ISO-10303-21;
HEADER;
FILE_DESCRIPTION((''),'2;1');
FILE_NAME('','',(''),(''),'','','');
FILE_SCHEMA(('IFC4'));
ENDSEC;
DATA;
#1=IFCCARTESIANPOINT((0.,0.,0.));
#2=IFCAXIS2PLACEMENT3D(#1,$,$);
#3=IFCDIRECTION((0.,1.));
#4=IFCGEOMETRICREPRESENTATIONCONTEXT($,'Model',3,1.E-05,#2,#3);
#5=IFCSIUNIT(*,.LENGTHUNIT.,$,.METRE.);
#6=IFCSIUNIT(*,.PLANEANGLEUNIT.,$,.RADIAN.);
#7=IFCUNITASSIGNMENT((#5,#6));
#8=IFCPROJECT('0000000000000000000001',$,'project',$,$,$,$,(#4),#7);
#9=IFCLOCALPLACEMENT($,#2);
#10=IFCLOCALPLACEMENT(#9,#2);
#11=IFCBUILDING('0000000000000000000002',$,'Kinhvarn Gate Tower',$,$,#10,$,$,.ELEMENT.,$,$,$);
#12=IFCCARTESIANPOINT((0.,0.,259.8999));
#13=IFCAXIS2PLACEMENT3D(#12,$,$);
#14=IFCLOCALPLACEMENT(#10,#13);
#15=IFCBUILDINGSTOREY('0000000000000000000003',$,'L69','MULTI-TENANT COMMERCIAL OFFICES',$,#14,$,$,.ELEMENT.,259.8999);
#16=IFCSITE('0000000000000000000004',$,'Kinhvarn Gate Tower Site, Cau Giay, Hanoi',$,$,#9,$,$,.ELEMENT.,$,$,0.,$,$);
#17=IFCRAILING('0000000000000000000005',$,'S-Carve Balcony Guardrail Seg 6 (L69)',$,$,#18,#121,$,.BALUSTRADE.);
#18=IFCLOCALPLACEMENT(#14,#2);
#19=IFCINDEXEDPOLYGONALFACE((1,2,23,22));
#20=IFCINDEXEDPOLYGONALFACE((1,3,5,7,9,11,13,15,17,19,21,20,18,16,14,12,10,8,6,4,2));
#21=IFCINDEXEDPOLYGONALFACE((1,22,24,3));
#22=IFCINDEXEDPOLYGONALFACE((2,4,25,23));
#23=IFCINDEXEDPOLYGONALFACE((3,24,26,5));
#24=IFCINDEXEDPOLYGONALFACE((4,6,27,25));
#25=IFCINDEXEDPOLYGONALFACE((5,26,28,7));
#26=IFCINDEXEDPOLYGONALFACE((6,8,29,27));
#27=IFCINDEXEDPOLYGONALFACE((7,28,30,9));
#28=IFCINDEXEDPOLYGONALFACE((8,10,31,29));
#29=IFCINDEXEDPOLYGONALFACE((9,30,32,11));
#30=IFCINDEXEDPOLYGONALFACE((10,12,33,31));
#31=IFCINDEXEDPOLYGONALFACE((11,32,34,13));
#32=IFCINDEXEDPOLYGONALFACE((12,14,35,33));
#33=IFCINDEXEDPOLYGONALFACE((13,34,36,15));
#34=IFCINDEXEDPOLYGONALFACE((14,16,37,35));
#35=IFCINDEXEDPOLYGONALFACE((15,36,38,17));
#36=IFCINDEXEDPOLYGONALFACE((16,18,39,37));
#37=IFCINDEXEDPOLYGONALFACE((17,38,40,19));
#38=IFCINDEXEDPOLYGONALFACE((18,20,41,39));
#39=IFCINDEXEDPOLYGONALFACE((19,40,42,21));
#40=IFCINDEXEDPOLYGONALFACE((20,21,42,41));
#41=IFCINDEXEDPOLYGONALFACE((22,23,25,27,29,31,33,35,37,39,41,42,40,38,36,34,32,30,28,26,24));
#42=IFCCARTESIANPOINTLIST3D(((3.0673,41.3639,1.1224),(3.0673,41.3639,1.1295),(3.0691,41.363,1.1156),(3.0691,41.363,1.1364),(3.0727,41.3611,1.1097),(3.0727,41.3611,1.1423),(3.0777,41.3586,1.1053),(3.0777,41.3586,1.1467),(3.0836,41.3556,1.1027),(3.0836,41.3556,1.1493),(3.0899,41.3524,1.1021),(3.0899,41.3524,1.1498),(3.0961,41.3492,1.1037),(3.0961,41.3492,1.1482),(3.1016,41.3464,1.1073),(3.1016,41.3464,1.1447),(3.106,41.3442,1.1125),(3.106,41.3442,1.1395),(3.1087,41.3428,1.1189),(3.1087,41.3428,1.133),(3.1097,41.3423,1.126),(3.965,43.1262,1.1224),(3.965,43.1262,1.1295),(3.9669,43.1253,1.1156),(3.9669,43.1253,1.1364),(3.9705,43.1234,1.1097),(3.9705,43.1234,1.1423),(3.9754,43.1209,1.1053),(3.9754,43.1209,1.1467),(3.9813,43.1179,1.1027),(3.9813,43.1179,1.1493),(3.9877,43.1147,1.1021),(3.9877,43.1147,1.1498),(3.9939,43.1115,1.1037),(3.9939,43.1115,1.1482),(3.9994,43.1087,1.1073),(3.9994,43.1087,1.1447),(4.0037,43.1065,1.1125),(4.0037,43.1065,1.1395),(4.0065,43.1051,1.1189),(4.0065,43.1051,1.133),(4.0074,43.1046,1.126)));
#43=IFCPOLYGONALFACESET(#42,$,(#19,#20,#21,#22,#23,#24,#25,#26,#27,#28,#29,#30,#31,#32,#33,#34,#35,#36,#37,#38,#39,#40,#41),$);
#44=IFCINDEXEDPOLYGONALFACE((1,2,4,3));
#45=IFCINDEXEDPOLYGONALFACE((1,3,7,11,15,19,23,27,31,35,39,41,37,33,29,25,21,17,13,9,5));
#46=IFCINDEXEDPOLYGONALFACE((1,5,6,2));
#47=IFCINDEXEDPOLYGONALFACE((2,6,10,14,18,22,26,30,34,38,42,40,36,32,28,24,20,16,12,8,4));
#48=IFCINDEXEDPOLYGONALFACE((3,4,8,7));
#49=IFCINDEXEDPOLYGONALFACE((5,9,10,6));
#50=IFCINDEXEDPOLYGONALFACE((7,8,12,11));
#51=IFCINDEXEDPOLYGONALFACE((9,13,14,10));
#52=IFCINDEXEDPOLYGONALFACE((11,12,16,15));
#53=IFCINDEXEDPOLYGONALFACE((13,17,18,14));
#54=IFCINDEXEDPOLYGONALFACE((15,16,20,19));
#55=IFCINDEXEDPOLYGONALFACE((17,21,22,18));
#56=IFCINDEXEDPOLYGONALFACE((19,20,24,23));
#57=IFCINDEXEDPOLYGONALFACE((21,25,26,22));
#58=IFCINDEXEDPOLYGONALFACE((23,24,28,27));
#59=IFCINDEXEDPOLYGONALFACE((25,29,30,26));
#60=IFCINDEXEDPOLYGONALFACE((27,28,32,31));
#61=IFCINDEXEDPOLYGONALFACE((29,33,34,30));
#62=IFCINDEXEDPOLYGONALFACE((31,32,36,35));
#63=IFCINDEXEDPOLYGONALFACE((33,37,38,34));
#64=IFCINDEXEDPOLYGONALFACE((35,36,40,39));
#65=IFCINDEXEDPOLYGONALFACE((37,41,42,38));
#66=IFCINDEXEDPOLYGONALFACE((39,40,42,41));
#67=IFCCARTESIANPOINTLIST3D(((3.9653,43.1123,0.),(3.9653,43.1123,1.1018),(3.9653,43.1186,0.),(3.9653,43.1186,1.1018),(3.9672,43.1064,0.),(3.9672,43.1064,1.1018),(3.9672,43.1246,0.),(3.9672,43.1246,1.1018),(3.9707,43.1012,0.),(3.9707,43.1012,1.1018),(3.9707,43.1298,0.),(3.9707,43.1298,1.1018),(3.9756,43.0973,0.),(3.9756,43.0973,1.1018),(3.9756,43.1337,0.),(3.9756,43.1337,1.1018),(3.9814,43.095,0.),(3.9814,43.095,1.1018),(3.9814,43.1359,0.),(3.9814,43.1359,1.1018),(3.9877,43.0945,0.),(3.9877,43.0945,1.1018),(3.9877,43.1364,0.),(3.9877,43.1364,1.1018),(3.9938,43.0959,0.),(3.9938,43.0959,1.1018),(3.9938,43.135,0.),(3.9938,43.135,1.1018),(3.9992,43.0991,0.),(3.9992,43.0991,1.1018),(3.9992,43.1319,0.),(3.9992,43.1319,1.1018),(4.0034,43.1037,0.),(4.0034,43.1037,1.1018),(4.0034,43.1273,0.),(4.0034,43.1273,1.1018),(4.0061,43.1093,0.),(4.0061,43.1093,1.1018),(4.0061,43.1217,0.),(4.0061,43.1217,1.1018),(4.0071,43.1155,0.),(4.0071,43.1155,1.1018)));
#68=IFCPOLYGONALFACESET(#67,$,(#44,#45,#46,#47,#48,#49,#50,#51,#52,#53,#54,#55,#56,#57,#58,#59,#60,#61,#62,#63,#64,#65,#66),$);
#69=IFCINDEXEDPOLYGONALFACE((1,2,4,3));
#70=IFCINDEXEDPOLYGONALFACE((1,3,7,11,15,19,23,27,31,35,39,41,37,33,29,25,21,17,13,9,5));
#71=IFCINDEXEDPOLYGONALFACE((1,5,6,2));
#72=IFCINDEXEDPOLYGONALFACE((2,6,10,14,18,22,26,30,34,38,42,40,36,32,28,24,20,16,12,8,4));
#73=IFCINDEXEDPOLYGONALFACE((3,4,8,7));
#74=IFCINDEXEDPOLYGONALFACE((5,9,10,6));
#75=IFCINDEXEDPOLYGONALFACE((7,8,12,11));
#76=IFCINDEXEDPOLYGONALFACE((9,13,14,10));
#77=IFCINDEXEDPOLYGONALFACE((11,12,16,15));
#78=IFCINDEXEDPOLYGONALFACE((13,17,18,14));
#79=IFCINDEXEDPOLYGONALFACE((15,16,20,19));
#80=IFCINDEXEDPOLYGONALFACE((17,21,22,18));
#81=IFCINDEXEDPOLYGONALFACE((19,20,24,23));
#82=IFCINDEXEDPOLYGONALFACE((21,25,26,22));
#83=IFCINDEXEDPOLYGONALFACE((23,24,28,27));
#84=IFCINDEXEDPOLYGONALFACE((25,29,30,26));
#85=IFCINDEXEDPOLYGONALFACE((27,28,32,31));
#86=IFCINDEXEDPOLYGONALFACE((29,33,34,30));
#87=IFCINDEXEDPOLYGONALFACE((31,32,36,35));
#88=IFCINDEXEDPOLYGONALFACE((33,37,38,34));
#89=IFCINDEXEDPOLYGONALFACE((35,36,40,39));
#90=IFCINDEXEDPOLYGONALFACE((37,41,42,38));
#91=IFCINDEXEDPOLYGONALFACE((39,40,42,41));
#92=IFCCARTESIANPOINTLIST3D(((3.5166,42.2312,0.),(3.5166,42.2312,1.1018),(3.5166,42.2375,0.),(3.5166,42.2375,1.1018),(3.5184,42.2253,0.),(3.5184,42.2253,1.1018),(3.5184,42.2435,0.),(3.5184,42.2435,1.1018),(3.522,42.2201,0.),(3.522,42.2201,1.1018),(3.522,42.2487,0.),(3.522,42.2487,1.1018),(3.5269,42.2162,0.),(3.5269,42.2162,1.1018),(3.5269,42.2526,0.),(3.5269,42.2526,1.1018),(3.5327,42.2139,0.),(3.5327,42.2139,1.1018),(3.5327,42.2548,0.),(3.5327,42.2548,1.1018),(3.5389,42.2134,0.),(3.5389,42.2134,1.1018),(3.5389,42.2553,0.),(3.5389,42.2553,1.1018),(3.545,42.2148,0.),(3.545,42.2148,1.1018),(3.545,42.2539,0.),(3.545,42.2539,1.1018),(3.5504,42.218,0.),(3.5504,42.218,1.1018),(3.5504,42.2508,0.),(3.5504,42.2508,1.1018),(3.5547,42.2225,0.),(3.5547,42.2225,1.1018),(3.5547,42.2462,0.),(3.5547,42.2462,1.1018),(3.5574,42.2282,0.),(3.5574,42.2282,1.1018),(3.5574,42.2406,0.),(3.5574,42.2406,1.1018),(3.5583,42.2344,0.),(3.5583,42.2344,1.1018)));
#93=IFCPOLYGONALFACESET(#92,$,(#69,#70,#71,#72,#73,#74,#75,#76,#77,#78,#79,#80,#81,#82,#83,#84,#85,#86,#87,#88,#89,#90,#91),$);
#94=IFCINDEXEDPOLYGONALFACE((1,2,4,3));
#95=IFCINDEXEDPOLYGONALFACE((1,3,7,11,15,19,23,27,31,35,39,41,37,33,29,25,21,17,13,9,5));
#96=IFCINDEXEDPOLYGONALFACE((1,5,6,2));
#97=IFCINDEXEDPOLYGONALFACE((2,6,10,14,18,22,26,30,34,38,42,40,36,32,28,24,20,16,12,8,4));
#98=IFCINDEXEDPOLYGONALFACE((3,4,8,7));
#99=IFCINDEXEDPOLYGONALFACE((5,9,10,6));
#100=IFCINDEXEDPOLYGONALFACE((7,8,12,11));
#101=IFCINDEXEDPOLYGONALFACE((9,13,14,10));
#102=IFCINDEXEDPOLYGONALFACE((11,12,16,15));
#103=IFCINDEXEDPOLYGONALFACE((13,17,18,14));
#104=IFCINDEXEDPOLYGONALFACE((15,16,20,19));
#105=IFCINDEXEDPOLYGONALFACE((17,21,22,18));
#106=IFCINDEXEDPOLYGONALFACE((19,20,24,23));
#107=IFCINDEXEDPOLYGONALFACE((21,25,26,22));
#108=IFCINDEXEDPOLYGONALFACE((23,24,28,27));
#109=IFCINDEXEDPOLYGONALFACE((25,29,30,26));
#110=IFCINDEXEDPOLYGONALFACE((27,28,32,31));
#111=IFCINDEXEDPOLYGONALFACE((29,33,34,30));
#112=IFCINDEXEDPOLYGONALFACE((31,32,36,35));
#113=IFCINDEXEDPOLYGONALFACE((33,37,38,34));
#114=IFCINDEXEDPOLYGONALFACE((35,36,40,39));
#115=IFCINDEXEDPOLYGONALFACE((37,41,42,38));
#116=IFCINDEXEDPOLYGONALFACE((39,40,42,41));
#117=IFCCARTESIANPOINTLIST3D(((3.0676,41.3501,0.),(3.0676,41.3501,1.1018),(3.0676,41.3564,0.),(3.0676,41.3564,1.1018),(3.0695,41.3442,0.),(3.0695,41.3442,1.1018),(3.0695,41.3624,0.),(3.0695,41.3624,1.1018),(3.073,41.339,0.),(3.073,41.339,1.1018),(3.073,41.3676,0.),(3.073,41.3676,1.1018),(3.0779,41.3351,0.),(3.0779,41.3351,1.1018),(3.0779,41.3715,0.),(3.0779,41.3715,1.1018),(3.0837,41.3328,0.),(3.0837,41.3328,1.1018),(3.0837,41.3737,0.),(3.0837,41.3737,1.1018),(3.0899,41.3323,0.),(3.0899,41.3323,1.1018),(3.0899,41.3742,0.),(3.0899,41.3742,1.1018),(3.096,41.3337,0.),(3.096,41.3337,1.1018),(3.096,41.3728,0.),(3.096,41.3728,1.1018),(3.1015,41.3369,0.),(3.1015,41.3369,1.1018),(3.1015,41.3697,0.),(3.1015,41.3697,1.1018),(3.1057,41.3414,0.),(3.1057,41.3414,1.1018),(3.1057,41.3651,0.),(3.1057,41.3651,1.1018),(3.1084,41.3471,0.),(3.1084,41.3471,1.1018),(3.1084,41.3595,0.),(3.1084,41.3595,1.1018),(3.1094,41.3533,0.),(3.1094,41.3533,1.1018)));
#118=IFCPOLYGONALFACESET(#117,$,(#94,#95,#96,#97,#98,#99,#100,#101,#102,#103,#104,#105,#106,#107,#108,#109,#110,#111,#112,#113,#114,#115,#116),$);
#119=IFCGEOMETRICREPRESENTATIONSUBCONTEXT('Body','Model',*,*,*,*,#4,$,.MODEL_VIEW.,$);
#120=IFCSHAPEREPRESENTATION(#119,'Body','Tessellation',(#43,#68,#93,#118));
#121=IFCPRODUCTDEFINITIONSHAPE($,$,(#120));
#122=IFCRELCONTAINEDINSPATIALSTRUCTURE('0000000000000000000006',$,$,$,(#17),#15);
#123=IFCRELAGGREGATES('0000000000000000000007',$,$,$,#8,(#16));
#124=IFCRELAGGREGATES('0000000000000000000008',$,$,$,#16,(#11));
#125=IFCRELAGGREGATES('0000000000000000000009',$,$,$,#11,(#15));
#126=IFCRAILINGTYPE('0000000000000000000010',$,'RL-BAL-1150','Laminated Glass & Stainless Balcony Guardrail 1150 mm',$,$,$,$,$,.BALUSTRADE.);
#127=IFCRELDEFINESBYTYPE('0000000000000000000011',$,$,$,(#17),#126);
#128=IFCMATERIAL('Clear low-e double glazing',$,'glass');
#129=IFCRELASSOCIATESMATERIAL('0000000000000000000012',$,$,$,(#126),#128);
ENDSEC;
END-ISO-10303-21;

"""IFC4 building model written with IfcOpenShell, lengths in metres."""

from ifc_helpers import new_model, si_unit, direction, frame, origin, origin_2d, place, context, subcontext, project, spatial, circle, extrude, material, type_object, element, save


model = new_model("IFC4")

# Units and contexts
model_context = context("Model", 3, precision=1e-05, world=origin(), true_north=direction((0.0, 1.0)))
body_context = subcontext(model_context, "Body", "Model", "MODEL_VIEW")
ifc_project = project(units=[si_unit("LENGTHUNIT", "METRE"), si_unit("PLANEANGLEUNIT", "RADIAN")], contexts=[model_context])

# Site, building, storey
site_placement = place(None, origin())
site = spatial("IfcSite", under=ifc_project, at=site_placement, Name="Kinhvarn Gate Tower Site, Cau Giay, Hanoi", CompositionType="ELEMENT", RefElevation=0.0)
building_placement = place(site_placement, origin())
building = spatial("IfcBuilding", under=site, at=building_placement, Name="Kinhvarn Gate Tower", CompositionType="ELEMENT")
storey_placement = place(building_placement, frame((0.0, 0.0, 259.8999)))
storey = spatial("IfcBuildingStorey", under=building, at=storey_placement, Name="L69", Description="MULTI-TENANT COMMERCIAL OFFICES", CompositionType="ELEMENT", Elevation=259.8999)

# Shared definitions
ifc_material_1 = material(Name="Clear low-e double glazing", Category="glass")

# Railing
railing_type = type_object("IfcRailingType", Name="RL-BAL-1150", Description="Laminated Glass & Stainless Balcony Guardrail 1150 mm", PredefinedType="BALUSTRADE", material=ifc_material_1)
railing_1_placement = place(storey_placement, frame((3.9861, 43.1155, 0.0)))
element("IfcRailing", 1, at=railing_1_placement, inside=storey, type_object=railing_type, Name="S-Carve Balcony Guardrail Seg 6 (L69)", PredefinedType="BALUSTRADE", context=body_context, shape_type="SweptSolid", body=[
    extrude(circle(Radius=0.0239, at=origin_2d()), frame((0.0, 0.0, 1.126), z_axis=(-0.453917, -0.891044, 0.0), x_axis=(0.891044, -0.453917, 0.0)), (0.0, 0.0, 1.0), 1.9778),
    extrude(circle(Radius=0.021, at=origin_2d()), origin(), (0.0, 0.0, 1.0), 1.1018),
    extrude(circle(Radius=0.021, at=origin_2d()), frame((-0.4487, -0.8811, 0.0)), (0.0, 0.0, 1.0), 1.1018),
    extrude(circle(Radius=0.021, at=origin_2d()), frame((-0.8977, -1.7622, 0.0)), (0.0, 0.0, 1.0), 1.1018),
])

save(model, "model.ifc")
